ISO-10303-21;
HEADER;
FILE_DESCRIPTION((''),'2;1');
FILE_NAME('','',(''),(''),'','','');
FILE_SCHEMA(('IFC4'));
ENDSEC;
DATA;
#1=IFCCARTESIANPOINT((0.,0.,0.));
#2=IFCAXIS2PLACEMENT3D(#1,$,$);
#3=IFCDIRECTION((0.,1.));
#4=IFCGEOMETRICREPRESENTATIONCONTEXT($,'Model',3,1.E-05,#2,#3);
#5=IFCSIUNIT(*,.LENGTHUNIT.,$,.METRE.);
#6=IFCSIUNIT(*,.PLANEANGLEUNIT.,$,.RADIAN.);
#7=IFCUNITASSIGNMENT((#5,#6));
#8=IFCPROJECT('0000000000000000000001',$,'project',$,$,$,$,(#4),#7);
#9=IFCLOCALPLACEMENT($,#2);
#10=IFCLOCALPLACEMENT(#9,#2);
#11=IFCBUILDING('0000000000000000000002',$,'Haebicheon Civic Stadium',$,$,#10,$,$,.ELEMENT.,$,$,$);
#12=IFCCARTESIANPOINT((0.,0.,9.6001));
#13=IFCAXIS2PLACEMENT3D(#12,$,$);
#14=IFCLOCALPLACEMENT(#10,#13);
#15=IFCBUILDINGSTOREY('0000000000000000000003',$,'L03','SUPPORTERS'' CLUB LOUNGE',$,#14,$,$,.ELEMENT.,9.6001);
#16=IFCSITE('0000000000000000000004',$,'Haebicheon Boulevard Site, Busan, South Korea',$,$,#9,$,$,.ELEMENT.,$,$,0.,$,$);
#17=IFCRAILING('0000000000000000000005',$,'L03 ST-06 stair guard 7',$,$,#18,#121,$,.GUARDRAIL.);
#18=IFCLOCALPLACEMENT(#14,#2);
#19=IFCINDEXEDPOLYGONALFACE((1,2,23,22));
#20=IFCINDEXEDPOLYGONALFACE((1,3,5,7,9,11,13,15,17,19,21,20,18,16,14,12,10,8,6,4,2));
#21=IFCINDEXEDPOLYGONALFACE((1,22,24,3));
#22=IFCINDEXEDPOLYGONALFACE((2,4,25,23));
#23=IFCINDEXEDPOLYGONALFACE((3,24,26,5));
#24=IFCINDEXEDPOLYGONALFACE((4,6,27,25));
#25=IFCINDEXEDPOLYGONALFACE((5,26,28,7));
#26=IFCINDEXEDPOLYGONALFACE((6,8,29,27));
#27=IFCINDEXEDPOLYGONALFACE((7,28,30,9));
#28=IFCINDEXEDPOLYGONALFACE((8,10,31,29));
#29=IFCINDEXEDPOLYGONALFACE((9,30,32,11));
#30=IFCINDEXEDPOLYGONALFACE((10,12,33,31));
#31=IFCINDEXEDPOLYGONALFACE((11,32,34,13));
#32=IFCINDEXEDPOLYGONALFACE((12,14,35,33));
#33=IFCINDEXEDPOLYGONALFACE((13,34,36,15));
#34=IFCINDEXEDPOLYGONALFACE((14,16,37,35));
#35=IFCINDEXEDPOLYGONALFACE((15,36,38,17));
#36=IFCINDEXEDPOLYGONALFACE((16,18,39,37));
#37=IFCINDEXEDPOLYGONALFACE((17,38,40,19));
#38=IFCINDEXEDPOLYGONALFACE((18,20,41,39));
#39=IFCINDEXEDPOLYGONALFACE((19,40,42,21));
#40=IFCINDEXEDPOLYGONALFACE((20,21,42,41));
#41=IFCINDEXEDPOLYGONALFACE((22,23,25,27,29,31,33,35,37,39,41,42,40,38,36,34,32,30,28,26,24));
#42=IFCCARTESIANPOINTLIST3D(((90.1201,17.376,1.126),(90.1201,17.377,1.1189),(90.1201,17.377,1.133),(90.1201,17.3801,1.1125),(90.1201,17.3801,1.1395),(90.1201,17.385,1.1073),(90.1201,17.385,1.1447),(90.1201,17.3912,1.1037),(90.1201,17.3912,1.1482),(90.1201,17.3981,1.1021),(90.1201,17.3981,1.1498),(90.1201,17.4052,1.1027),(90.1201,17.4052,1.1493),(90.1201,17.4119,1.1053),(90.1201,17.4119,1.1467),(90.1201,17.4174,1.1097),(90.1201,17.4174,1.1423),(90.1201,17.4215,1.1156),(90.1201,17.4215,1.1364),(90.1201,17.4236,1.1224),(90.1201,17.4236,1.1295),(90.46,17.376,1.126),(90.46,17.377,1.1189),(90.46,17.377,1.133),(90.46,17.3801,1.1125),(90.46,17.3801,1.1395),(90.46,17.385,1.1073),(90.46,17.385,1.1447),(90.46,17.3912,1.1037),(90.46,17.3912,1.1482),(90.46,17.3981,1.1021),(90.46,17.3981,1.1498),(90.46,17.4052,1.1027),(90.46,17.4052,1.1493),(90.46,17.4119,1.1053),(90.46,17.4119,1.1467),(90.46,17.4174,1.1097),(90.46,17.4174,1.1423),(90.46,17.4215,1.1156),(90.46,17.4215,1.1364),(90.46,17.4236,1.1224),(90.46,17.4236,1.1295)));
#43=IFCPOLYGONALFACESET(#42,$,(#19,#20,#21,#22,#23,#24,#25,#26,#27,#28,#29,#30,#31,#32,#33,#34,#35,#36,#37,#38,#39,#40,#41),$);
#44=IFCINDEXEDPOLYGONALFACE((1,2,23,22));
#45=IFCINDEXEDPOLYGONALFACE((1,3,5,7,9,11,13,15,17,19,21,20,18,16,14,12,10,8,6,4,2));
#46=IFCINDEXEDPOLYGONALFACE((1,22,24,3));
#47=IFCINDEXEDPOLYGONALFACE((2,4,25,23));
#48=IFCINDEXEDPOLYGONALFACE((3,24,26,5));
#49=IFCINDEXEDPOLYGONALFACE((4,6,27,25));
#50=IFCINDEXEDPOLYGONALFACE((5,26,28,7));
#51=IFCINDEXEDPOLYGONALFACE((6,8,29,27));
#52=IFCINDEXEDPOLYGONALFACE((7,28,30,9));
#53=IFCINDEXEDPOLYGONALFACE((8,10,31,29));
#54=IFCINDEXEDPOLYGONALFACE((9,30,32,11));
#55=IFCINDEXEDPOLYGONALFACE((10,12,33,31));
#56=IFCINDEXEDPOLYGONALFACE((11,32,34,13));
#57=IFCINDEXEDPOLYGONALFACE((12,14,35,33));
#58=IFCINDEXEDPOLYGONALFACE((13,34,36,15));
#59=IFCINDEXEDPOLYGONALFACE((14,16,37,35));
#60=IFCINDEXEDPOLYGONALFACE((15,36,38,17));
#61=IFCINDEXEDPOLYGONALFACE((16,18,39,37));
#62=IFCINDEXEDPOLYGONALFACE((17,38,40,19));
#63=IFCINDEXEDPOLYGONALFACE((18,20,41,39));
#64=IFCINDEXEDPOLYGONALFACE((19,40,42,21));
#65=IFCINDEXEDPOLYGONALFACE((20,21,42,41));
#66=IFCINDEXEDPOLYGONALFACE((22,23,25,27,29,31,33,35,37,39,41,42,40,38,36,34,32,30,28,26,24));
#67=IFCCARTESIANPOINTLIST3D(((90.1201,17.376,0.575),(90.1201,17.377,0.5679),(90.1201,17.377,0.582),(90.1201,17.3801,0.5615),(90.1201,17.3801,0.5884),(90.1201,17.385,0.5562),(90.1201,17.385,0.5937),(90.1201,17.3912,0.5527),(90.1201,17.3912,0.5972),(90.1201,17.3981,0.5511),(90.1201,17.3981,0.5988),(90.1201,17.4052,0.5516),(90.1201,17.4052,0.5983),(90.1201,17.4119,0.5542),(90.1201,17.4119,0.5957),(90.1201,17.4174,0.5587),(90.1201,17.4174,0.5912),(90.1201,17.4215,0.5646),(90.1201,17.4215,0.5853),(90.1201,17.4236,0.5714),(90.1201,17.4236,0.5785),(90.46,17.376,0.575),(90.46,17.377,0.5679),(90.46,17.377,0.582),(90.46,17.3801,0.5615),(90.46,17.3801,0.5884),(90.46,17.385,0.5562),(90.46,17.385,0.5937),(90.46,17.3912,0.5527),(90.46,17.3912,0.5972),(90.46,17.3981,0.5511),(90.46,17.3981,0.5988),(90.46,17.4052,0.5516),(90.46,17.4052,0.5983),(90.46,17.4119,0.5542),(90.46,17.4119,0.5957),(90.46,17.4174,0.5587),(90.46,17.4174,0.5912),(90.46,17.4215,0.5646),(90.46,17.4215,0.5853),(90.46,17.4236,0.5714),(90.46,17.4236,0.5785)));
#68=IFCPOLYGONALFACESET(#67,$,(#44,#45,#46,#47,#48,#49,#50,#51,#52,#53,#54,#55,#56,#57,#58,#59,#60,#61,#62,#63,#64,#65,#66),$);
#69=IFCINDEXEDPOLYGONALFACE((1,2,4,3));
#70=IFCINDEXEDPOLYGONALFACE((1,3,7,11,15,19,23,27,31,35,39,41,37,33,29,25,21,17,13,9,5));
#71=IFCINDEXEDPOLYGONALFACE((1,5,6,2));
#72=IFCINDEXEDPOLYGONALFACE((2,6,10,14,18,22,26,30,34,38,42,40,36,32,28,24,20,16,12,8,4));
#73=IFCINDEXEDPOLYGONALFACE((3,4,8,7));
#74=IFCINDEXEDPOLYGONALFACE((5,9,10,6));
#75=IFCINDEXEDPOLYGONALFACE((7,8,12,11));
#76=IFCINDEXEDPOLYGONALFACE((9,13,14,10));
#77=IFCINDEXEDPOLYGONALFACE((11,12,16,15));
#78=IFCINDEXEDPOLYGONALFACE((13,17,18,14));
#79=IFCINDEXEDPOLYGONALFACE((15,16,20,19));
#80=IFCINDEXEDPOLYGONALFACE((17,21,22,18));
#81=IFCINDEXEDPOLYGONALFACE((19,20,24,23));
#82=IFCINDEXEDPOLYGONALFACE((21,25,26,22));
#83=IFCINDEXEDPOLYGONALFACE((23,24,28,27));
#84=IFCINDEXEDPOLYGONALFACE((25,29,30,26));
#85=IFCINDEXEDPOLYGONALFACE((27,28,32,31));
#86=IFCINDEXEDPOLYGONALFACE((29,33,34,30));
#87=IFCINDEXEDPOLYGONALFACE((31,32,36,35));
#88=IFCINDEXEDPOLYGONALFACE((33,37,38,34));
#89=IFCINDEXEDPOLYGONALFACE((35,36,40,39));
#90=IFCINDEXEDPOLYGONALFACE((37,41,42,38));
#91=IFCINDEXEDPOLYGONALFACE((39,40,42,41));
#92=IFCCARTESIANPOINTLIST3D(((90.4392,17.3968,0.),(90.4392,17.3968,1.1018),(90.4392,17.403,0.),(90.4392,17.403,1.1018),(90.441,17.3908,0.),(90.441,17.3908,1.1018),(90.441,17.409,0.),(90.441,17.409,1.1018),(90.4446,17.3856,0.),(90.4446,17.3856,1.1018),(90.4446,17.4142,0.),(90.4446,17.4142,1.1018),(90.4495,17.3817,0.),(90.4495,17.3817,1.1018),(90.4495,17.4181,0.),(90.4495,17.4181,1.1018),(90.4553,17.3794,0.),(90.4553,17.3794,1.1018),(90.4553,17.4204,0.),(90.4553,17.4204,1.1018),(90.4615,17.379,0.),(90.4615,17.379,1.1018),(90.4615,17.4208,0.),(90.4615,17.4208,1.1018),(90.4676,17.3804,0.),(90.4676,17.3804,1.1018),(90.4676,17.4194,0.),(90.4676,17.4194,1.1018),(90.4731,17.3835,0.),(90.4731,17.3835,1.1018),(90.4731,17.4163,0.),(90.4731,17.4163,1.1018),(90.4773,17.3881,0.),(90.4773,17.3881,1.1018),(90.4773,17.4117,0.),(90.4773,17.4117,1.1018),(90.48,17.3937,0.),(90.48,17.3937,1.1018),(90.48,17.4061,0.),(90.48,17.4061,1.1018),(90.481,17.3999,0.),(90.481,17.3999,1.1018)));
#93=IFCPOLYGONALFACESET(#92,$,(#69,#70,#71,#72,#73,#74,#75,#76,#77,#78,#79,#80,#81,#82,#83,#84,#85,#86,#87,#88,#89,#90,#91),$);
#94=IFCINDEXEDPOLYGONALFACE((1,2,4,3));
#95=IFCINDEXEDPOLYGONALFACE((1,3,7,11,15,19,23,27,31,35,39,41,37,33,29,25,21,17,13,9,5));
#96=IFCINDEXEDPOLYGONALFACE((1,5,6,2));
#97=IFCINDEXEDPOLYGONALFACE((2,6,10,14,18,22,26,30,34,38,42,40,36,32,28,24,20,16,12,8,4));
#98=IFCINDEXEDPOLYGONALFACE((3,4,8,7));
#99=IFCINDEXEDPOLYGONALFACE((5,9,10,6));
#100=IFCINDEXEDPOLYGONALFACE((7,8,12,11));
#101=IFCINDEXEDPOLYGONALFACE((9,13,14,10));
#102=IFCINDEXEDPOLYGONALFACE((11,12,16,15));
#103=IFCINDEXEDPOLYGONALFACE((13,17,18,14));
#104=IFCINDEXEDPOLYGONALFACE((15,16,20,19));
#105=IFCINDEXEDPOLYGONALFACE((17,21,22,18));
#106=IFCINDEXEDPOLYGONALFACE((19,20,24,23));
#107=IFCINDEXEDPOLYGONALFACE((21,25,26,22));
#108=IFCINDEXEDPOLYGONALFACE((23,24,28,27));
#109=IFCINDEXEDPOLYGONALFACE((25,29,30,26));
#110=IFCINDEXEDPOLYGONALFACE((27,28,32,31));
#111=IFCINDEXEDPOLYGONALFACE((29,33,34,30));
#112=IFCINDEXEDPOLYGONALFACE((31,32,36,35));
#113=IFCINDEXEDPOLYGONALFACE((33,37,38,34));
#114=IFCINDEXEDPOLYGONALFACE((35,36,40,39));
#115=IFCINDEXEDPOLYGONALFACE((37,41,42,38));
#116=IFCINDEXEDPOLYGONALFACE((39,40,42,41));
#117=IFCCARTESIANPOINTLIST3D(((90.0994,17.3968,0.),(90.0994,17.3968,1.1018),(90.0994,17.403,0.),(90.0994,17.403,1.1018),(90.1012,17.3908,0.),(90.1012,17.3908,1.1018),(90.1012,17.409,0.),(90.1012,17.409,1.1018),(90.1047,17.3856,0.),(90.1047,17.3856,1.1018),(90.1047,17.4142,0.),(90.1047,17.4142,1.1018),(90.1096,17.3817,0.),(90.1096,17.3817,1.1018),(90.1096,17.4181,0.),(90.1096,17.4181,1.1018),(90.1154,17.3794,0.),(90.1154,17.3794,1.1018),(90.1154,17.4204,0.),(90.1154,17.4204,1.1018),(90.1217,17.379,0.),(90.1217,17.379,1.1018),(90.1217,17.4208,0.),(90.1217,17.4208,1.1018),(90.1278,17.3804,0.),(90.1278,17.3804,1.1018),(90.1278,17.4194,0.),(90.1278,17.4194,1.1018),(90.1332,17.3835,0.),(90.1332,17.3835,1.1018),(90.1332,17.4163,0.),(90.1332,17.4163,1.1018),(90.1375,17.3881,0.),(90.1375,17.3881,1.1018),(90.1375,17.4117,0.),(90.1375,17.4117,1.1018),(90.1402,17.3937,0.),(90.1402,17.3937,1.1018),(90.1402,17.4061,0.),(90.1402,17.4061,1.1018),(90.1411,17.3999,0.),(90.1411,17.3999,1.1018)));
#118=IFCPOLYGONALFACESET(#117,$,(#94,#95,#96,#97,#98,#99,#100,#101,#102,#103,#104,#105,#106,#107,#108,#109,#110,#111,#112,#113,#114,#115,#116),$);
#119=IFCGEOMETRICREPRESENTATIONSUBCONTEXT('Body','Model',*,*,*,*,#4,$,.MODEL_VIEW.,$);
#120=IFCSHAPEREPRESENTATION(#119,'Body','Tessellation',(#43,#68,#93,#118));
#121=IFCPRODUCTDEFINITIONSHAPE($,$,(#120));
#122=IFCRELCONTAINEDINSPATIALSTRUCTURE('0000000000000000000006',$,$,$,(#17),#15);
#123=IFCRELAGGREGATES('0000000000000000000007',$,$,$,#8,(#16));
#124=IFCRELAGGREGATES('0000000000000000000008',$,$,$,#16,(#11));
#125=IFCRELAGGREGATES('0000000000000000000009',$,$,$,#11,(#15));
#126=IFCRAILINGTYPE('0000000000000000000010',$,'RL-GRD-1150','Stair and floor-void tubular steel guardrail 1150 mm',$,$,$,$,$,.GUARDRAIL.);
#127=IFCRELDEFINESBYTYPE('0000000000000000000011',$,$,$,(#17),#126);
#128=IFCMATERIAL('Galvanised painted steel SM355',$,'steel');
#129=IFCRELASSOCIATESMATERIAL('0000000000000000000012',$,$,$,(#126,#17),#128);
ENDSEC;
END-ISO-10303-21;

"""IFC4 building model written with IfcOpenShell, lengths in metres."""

from ifc_helpers import new_model, si_unit, direction, frame, origin, origin_2d, place, context, subcontext, project, spatial, circle, extrude, material, type_object, element, save


model = new_model("IFC4")

# Units and contexts
model_context = context("Model", 3, precision=1e-05, world=origin(), true_north=direction((0.0, 1.0)))
body_context = subcontext(model_context, "Body", "Model", "MODEL_VIEW")
ifc_project = project(units=[si_unit("LENGTHUNIT", "METRE"), si_unit("PLANEANGLEUNIT", "RADIAN")], contexts=[model_context])

# Site, building, storey
site_placement = place(None, origin())
site = spatial("IfcSite", under=ifc_project, at=site_placement, Name="Haebicheon Boulevard Site, Busan, South Korea", CompositionType="ELEMENT", RefElevation=0.0)
building_placement = place(site_placement, origin())
building = spatial("IfcBuilding", under=site, at=building_placement, Name="Haebicheon Civic Stadium", CompositionType="ELEMENT")
storey_placement = place(building_placement, frame((0.0, 0.0, 9.6001)))
storey = spatial("IfcBuildingStorey", under=building, at=storey_placement, Name="L03", Description="SUPPORTERS' CLUB LOUNGE", CompositionType="ELEMENT", Elevation=9.6001)

# Railing
ifc_material_1 = material(Name="Galvanised painted steel SM355", Category="steel")
railing_type_1 = type_object("IfcRailingType", Name="RL-GRD-1150", Description="Stair and floor-void tubular steel guardrail 1150 mm", PredefinedType="GUARDRAIL", material=ifc_material_1)
railing_1_placement = place(storey_placement, frame((90.46, 17.3999, 0.0)))
element("IfcRailing", 1, at=railing_1_placement, inside=storey, type_object=railing_type_1, material=ifc_material_1, Name="L03 ST-06 stair guard 7", PredefinedType="GUARDRAIL", context=body_context, shape_type="SweptSolid", body=[
    extrude(circle(Radius=0.0239, at=origin_2d()), frame((0.0, 0.0, 1.126), z_axis=(-1.0, 0.0, 0.0), x_axis=(0.0, -1.0, 0.0)), (0.0, 0.0, 1.0), 0.3398),
    extrude(circle(Radius=0.0239, at=origin_2d()), frame((0.0, 0.0, 0.575), z_axis=(-1.0, 0.0, 0.0), x_axis=(0.0, -1.0, 0.0)), (0.0, 0.0, 1.0), 0.3398),
    extrude(circle(Radius=0.021, at=origin_2d()), origin(), (0.0, 0.0, 1.0), 1.1018),
    extrude(circle(Radius=0.021, at=origin_2d()), frame((-0.3398, 0.0, 0.0)), (0.0, 0.0, 1.0), 1.1018),
])

save(model, "model.ifc")
